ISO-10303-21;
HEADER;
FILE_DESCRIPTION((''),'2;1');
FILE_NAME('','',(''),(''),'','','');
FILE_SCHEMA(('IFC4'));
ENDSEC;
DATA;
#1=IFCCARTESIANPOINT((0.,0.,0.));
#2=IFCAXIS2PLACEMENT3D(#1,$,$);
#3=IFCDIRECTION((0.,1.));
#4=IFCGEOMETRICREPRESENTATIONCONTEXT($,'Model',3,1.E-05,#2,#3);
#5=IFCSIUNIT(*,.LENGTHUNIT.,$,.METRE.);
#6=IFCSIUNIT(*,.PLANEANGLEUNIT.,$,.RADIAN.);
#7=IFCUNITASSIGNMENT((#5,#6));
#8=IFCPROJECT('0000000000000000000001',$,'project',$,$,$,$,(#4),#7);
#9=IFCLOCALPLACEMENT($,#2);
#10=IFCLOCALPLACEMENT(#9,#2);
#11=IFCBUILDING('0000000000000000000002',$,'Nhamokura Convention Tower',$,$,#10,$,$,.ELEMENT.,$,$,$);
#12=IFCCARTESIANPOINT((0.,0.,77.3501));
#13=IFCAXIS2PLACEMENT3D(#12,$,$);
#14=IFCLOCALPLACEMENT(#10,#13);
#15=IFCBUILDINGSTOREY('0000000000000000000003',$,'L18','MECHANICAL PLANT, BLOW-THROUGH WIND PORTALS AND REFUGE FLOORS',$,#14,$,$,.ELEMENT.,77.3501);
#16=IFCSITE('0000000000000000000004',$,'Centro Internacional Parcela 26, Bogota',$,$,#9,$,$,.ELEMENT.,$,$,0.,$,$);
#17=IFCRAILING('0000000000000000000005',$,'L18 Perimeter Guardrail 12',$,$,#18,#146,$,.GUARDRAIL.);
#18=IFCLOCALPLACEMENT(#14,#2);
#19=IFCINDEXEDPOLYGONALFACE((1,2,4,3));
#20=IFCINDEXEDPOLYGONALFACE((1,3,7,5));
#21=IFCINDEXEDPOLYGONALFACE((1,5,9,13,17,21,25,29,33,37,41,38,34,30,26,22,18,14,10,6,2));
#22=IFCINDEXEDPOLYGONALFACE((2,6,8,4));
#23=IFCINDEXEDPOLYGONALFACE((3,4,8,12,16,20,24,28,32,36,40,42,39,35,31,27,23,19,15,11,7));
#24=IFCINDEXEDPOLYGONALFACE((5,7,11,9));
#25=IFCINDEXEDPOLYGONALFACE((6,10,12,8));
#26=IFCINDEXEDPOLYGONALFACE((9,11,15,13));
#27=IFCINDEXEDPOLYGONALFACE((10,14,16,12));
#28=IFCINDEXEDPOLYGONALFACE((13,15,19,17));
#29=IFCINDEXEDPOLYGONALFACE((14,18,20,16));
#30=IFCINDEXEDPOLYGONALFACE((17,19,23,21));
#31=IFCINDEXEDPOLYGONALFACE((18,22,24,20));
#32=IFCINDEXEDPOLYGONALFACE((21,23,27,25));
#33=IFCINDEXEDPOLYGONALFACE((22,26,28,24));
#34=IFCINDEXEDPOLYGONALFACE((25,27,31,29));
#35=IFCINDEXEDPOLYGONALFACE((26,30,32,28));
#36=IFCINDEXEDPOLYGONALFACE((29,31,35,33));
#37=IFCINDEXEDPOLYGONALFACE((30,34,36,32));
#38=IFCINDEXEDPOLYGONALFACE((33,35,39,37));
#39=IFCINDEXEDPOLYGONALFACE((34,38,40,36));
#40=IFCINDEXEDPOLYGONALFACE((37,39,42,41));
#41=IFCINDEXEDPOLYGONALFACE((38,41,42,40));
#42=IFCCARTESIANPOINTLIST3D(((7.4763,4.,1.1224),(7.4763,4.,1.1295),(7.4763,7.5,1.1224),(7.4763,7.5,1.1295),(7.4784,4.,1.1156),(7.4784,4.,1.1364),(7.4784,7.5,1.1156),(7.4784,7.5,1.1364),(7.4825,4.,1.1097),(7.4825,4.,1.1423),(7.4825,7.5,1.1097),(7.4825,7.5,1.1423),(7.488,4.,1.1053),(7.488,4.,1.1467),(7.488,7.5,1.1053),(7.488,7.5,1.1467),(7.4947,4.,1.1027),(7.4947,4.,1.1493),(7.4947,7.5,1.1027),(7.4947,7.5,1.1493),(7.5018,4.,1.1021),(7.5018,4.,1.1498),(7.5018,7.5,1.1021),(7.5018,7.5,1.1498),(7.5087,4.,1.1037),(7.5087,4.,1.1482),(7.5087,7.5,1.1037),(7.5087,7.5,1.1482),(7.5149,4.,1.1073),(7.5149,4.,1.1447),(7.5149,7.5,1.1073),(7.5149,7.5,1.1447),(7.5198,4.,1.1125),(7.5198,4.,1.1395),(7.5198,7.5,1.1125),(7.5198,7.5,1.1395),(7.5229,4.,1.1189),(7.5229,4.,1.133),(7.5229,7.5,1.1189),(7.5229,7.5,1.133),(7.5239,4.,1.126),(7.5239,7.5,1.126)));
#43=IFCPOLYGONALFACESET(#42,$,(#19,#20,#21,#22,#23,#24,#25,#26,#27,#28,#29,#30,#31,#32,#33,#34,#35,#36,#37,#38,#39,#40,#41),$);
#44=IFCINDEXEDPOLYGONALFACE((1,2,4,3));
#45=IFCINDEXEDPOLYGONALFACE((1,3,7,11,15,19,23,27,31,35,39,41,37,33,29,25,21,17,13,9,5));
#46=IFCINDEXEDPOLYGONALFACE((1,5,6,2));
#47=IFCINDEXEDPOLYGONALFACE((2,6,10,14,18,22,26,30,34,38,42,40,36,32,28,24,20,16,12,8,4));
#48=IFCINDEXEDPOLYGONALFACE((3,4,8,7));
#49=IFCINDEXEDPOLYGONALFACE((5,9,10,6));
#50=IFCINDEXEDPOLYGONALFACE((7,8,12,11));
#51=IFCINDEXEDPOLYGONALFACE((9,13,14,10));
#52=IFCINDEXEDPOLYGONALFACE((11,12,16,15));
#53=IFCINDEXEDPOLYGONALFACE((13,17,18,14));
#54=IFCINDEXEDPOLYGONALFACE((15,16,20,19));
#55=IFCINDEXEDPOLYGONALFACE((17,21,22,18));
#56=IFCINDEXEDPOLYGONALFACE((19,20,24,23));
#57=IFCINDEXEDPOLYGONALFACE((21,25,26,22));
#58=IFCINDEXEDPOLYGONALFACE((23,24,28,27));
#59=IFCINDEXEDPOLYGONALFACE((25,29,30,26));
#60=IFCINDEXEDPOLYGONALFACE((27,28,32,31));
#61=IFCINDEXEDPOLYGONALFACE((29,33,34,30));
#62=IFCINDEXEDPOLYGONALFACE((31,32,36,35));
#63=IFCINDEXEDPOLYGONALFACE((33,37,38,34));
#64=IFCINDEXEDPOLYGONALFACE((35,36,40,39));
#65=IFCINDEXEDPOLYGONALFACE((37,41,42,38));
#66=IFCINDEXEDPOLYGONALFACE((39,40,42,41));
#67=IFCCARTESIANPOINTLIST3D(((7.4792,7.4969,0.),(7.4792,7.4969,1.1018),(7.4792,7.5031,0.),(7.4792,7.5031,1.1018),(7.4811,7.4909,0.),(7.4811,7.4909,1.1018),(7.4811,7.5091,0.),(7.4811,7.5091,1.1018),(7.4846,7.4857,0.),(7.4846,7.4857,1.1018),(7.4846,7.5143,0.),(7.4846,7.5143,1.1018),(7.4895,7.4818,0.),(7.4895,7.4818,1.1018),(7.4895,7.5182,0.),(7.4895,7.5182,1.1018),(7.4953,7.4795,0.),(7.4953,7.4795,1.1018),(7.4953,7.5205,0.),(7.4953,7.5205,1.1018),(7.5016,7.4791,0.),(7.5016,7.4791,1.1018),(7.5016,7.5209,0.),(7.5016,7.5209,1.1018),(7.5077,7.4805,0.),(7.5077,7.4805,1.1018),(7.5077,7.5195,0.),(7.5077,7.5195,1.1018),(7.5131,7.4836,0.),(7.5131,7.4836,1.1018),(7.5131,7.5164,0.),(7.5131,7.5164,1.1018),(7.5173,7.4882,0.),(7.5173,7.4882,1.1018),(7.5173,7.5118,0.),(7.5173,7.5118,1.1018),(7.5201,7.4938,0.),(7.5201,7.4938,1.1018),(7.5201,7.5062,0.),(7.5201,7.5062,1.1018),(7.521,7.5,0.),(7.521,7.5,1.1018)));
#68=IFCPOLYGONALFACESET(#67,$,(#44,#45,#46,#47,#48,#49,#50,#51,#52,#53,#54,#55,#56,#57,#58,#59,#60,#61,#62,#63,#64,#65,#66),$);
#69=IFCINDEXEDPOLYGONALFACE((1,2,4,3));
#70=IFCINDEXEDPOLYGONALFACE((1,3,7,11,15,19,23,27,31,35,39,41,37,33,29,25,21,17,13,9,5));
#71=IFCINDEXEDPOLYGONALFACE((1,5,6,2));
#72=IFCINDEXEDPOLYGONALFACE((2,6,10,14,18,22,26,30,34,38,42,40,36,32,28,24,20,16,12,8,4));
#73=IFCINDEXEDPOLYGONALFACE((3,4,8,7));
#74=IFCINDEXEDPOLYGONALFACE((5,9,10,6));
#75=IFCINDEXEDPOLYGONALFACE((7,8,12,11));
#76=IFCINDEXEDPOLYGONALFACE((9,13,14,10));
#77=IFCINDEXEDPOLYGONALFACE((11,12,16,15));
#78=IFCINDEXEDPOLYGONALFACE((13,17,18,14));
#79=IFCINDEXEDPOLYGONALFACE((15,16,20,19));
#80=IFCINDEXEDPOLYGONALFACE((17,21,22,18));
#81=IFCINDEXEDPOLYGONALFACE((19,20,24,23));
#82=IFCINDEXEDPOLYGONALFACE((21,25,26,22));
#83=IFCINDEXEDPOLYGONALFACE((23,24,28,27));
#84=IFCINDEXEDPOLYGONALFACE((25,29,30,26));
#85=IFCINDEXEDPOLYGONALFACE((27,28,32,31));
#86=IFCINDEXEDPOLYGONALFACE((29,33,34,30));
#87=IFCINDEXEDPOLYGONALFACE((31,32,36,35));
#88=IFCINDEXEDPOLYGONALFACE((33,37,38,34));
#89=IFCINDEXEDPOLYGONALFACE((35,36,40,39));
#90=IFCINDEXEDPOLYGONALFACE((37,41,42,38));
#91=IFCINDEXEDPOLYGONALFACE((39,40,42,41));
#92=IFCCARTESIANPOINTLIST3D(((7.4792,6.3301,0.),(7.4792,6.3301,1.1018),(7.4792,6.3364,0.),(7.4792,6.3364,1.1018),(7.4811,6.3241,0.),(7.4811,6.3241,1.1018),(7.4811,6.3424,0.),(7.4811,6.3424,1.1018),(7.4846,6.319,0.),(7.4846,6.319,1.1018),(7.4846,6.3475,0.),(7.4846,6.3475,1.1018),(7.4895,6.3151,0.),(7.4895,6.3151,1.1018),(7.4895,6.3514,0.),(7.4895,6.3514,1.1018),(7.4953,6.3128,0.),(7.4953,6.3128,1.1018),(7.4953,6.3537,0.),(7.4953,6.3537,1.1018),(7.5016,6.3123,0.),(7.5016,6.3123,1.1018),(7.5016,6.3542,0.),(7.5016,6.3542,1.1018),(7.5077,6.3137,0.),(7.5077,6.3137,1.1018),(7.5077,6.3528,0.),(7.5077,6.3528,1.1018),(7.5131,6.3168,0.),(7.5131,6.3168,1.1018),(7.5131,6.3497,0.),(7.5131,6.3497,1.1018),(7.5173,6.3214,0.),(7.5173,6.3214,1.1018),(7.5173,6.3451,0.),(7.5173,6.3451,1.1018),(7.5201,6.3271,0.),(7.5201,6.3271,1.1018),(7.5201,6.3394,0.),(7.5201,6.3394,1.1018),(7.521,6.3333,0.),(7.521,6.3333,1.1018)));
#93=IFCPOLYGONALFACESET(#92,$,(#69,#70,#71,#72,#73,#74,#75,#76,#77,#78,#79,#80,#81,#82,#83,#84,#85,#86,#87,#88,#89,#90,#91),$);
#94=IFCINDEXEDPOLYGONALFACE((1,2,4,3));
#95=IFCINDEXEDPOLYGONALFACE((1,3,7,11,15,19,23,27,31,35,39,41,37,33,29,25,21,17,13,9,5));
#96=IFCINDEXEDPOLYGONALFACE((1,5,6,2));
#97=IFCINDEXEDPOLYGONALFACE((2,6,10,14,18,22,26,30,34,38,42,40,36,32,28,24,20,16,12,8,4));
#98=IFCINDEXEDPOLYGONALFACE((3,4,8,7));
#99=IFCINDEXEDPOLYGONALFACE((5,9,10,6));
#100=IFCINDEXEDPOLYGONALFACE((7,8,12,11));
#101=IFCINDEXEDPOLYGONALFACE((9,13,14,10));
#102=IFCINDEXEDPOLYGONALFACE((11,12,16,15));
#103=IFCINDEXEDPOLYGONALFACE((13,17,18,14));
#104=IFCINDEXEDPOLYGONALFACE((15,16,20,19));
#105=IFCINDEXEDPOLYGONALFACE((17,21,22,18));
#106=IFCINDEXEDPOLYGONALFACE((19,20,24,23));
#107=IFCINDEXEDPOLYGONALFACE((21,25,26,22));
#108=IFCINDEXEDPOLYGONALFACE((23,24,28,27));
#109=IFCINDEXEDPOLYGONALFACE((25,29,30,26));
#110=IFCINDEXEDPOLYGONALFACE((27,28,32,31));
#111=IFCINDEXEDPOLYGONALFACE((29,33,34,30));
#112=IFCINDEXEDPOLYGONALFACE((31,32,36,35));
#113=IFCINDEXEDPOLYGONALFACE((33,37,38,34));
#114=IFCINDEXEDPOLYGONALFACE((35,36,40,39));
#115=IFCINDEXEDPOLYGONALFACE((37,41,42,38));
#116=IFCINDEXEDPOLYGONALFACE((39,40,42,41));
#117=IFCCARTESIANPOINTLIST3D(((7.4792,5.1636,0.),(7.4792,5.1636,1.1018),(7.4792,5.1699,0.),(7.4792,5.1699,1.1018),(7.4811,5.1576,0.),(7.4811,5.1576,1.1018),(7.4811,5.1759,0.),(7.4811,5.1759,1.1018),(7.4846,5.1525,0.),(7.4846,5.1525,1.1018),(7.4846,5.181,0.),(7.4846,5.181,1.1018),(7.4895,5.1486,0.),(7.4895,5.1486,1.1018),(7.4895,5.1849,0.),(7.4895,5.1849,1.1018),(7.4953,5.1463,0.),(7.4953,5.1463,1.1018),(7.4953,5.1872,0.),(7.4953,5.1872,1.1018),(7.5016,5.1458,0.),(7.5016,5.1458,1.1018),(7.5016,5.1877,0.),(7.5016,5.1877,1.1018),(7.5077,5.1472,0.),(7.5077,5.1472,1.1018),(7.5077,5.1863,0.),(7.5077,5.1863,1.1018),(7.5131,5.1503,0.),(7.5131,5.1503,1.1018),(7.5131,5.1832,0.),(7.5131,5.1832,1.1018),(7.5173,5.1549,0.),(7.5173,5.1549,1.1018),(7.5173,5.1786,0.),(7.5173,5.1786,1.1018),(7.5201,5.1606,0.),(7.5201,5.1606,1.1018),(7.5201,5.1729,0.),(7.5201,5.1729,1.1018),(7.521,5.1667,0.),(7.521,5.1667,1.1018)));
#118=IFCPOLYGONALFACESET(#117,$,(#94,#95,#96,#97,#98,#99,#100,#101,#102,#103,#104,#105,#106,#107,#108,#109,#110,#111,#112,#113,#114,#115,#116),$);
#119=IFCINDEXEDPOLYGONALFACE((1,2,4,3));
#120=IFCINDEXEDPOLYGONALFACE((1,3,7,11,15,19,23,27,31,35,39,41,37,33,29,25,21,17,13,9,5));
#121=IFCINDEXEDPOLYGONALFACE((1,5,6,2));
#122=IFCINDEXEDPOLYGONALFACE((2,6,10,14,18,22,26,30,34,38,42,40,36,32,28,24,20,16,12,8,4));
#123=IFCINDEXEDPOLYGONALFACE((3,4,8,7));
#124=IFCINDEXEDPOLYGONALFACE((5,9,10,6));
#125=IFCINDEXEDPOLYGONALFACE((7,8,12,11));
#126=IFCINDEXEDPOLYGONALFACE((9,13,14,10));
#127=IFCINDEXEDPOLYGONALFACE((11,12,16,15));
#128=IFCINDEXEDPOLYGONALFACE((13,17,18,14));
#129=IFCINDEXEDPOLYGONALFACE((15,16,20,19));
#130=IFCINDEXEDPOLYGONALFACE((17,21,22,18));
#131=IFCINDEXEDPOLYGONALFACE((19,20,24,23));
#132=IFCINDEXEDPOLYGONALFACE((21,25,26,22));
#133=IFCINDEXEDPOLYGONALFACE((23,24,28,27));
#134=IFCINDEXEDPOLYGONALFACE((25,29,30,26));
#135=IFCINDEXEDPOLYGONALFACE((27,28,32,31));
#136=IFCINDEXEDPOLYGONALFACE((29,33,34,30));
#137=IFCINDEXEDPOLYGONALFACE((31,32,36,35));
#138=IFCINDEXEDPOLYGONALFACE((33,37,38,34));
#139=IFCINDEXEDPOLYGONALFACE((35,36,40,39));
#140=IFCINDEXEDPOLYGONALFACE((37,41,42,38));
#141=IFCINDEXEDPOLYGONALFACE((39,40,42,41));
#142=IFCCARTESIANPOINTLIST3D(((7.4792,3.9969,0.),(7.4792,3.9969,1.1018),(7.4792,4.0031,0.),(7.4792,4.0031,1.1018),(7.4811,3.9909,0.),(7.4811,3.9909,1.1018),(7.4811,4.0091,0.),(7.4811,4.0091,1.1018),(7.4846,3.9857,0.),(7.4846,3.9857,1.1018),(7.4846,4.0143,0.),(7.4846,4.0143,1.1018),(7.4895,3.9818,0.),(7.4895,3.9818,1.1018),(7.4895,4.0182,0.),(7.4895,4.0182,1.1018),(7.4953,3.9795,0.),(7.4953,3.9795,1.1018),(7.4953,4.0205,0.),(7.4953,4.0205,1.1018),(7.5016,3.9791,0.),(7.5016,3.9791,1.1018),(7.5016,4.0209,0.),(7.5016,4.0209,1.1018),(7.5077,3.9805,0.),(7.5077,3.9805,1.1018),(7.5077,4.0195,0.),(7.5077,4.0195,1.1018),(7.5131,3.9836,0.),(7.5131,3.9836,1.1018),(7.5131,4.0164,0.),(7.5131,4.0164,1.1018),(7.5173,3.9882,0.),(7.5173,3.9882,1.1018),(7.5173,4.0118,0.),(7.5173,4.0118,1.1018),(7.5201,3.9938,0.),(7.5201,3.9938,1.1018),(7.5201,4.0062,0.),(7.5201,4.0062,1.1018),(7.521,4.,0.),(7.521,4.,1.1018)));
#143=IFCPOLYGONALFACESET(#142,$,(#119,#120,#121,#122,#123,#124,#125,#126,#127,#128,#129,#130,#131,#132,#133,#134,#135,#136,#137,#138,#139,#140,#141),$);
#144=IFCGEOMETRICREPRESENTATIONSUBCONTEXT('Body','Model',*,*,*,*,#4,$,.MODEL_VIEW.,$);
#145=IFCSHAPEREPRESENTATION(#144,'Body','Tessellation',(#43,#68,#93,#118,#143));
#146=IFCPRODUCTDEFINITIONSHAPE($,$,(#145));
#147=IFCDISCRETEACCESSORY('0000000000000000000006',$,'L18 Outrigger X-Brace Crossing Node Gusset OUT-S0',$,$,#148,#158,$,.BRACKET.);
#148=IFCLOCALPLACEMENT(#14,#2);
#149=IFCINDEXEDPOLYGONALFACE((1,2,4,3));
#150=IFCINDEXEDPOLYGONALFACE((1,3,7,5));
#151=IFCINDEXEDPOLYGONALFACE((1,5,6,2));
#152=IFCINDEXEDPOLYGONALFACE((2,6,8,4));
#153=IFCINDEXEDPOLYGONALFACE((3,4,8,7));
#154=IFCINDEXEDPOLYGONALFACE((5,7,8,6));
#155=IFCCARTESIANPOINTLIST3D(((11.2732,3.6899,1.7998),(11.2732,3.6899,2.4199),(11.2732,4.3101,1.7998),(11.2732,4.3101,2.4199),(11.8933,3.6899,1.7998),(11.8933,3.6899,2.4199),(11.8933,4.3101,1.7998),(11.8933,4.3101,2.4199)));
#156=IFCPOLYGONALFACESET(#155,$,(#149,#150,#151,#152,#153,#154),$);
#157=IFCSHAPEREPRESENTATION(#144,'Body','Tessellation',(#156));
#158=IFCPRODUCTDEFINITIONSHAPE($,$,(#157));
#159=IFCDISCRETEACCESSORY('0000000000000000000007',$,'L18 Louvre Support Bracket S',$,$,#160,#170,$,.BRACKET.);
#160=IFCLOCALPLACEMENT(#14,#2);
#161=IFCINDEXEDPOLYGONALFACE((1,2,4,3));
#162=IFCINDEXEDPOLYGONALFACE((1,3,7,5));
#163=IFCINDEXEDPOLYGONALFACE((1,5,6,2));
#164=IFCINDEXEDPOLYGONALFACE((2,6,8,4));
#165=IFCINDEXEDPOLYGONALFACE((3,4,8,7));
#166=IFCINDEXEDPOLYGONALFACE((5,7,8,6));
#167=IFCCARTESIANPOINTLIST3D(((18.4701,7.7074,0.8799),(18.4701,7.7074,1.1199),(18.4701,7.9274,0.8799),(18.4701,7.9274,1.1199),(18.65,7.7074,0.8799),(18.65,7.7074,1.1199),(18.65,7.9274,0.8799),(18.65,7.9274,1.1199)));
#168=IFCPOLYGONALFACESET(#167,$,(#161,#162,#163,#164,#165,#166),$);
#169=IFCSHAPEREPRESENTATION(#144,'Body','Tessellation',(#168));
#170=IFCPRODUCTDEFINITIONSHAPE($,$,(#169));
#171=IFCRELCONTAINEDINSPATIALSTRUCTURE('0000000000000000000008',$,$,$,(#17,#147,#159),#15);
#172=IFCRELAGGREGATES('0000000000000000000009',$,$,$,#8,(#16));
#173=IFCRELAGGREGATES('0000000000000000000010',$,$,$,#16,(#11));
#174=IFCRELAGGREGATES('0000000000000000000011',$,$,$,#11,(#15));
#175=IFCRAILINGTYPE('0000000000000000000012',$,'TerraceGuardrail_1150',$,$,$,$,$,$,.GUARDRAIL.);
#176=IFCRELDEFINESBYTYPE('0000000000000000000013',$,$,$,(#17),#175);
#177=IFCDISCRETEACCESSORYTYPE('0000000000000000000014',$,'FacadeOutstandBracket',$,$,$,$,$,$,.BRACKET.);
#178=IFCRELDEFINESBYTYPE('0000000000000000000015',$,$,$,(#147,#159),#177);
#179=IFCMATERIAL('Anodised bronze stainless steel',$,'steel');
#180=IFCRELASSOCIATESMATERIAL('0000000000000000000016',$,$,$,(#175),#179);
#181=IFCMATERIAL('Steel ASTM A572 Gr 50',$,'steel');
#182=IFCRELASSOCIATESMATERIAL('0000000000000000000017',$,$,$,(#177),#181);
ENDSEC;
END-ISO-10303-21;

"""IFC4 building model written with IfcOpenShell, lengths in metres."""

from ifc_helpers import new_model, si_unit, direction, frame, origin, origin_2d, place, context, subcontext, project, spatial, rectangle, circle, extrude, material, type_object, element, save


model = new_model("IFC4")

# Units and contexts
model_context = context("Model", 3, precision=1e-05, world=origin(), true_north=direction((0.0, 1.0)))
body_context = subcontext(model_context, "Body", "Model", "MODEL_VIEW")
ifc_project = project(units=[si_unit("LENGTHUNIT", "METRE"), si_unit("PLANEANGLEUNIT", "RADIAN")], contexts=[model_context])

# Site, building, storey
site_placement = place(None, origin())
site = spatial("IfcSite", under=ifc_project, at=site_placement, Name="Centro Internacional Parcela 26, Bogota", CompositionType="ELEMENT", RefElevation=0.0)
building_placement = place(site_placement, origin())
building = spatial("IfcBuilding", under=site, at=building_placement, Name="Nhamokura Convention Tower", CompositionType="ELEMENT")
storey_placement = place(building_placement, frame((0.0, 0.0, 77.3501)))
storey = spatial("IfcBuildingStorey", under=building, at=storey_placement, Name="L18", Description="MECHANICAL PLANT, BLOW-THROUGH WIND PORTALS AND REFUGE FLOORS", CompositionType="ELEMENT", Elevation=77.3501)

# Railing
ifc_material_1 = material(Name="Anodised bronze stainless steel", Category="steel")
railing_type = type_object("IfcRailingType", Name="TerraceGuardrail_1150", PredefinedType="GUARDRAIL", material=ifc_material_1)
railing_1_placement = place(storey_placement, frame((7.5, 7.5, 0.0)))
element("IfcRailing", 1, at=railing_1_placement, inside=storey, type_object=railing_type, Name="L18 Perimeter Guardrail 12", PredefinedType="GUARDRAIL", context=body_context, shape_type="SweptSolid", body=[
    extrude(circle(Radius=0.0239, at=origin_2d()), frame((0.0, 0.0, 1.126), z_axis=(0.0, -1.0, 0.0), x_axis=(1.0, 0.0, 0.0)), (0.0, 0.0, 1.0), 3.5),
    extrude(circle(Radius=0.021, at=origin_2d()), origin(), (0.0, 0.0, 1.0), 1.1018),
    extrude(circle(Radius=0.021, at=origin_2d()), frame((0.0, -1.1667, 0.0)), (0.0, 0.0, 1.0), 1.1018),
    extrude(circle(Radius=0.021, at=origin_2d()), frame((0.0, -2.3333, 0.0)), (0.0, 0.0, 1.0), 1.1018),
    extrude(circle(Radius=0.021, at=origin_2d()), frame((0.0, -3.5, 0.0)), (0.0, 0.0, 1.0), 1.1018),
])

# Discrete accessories
ifc_material_2 = material(Name="Steel ASTM A572 Gr 50", Category="steel")
discrete_accessory_type = type_object("IfcDiscreteAccessoryType", Name="FacadeOutstandBracket", PredefinedType="BRACKET", material=ifc_material_2)
discrete_accessory_1_placement = place(storey_placement, frame((11.5833, 4.0, 1.7998), z_axis=(0.0, 0.0, 1.0), x_axis=(1.0, 0.0, 0.0)))
element("IfcDiscreteAccessory", 2, at=discrete_accessory_1_placement, inside=storey, type_object=discrete_accessory_type, Name="L18 Outrigger X-Brace Crossing Node Gusset OUT-S0", PredefinedType="BRACKET", context=body_context, shape_type="SweptSolid", body=[
    extrude(rectangle(XDim=0.6201, YDim=0.6201, at=origin_2d()), origin(), (0.0, 0.0, 1.0), 0.6201),
])
discrete_accessory_2_placement = place(storey_placement, frame((18.5601, 7.8174, 0.8799), z_axis=(0.0, 0.0, 1.0), x_axis=(-1.0, 0.0, 0.0)))
element("IfcDiscreteAccessory", 3, at=discrete_accessory_2_placement, inside=storey, type_object=discrete_accessory_type, Name="L18 Louvre Support Bracket S", PredefinedType="BRACKET", context=body_context, shape_type="SweptSolid", body=[
    extrude(rectangle(XDim=0.1799, YDim=0.22, at=origin_2d()), origin(), (0.0, 0.0, 1.0), 0.24),
])

save(model, "model.ifc")
